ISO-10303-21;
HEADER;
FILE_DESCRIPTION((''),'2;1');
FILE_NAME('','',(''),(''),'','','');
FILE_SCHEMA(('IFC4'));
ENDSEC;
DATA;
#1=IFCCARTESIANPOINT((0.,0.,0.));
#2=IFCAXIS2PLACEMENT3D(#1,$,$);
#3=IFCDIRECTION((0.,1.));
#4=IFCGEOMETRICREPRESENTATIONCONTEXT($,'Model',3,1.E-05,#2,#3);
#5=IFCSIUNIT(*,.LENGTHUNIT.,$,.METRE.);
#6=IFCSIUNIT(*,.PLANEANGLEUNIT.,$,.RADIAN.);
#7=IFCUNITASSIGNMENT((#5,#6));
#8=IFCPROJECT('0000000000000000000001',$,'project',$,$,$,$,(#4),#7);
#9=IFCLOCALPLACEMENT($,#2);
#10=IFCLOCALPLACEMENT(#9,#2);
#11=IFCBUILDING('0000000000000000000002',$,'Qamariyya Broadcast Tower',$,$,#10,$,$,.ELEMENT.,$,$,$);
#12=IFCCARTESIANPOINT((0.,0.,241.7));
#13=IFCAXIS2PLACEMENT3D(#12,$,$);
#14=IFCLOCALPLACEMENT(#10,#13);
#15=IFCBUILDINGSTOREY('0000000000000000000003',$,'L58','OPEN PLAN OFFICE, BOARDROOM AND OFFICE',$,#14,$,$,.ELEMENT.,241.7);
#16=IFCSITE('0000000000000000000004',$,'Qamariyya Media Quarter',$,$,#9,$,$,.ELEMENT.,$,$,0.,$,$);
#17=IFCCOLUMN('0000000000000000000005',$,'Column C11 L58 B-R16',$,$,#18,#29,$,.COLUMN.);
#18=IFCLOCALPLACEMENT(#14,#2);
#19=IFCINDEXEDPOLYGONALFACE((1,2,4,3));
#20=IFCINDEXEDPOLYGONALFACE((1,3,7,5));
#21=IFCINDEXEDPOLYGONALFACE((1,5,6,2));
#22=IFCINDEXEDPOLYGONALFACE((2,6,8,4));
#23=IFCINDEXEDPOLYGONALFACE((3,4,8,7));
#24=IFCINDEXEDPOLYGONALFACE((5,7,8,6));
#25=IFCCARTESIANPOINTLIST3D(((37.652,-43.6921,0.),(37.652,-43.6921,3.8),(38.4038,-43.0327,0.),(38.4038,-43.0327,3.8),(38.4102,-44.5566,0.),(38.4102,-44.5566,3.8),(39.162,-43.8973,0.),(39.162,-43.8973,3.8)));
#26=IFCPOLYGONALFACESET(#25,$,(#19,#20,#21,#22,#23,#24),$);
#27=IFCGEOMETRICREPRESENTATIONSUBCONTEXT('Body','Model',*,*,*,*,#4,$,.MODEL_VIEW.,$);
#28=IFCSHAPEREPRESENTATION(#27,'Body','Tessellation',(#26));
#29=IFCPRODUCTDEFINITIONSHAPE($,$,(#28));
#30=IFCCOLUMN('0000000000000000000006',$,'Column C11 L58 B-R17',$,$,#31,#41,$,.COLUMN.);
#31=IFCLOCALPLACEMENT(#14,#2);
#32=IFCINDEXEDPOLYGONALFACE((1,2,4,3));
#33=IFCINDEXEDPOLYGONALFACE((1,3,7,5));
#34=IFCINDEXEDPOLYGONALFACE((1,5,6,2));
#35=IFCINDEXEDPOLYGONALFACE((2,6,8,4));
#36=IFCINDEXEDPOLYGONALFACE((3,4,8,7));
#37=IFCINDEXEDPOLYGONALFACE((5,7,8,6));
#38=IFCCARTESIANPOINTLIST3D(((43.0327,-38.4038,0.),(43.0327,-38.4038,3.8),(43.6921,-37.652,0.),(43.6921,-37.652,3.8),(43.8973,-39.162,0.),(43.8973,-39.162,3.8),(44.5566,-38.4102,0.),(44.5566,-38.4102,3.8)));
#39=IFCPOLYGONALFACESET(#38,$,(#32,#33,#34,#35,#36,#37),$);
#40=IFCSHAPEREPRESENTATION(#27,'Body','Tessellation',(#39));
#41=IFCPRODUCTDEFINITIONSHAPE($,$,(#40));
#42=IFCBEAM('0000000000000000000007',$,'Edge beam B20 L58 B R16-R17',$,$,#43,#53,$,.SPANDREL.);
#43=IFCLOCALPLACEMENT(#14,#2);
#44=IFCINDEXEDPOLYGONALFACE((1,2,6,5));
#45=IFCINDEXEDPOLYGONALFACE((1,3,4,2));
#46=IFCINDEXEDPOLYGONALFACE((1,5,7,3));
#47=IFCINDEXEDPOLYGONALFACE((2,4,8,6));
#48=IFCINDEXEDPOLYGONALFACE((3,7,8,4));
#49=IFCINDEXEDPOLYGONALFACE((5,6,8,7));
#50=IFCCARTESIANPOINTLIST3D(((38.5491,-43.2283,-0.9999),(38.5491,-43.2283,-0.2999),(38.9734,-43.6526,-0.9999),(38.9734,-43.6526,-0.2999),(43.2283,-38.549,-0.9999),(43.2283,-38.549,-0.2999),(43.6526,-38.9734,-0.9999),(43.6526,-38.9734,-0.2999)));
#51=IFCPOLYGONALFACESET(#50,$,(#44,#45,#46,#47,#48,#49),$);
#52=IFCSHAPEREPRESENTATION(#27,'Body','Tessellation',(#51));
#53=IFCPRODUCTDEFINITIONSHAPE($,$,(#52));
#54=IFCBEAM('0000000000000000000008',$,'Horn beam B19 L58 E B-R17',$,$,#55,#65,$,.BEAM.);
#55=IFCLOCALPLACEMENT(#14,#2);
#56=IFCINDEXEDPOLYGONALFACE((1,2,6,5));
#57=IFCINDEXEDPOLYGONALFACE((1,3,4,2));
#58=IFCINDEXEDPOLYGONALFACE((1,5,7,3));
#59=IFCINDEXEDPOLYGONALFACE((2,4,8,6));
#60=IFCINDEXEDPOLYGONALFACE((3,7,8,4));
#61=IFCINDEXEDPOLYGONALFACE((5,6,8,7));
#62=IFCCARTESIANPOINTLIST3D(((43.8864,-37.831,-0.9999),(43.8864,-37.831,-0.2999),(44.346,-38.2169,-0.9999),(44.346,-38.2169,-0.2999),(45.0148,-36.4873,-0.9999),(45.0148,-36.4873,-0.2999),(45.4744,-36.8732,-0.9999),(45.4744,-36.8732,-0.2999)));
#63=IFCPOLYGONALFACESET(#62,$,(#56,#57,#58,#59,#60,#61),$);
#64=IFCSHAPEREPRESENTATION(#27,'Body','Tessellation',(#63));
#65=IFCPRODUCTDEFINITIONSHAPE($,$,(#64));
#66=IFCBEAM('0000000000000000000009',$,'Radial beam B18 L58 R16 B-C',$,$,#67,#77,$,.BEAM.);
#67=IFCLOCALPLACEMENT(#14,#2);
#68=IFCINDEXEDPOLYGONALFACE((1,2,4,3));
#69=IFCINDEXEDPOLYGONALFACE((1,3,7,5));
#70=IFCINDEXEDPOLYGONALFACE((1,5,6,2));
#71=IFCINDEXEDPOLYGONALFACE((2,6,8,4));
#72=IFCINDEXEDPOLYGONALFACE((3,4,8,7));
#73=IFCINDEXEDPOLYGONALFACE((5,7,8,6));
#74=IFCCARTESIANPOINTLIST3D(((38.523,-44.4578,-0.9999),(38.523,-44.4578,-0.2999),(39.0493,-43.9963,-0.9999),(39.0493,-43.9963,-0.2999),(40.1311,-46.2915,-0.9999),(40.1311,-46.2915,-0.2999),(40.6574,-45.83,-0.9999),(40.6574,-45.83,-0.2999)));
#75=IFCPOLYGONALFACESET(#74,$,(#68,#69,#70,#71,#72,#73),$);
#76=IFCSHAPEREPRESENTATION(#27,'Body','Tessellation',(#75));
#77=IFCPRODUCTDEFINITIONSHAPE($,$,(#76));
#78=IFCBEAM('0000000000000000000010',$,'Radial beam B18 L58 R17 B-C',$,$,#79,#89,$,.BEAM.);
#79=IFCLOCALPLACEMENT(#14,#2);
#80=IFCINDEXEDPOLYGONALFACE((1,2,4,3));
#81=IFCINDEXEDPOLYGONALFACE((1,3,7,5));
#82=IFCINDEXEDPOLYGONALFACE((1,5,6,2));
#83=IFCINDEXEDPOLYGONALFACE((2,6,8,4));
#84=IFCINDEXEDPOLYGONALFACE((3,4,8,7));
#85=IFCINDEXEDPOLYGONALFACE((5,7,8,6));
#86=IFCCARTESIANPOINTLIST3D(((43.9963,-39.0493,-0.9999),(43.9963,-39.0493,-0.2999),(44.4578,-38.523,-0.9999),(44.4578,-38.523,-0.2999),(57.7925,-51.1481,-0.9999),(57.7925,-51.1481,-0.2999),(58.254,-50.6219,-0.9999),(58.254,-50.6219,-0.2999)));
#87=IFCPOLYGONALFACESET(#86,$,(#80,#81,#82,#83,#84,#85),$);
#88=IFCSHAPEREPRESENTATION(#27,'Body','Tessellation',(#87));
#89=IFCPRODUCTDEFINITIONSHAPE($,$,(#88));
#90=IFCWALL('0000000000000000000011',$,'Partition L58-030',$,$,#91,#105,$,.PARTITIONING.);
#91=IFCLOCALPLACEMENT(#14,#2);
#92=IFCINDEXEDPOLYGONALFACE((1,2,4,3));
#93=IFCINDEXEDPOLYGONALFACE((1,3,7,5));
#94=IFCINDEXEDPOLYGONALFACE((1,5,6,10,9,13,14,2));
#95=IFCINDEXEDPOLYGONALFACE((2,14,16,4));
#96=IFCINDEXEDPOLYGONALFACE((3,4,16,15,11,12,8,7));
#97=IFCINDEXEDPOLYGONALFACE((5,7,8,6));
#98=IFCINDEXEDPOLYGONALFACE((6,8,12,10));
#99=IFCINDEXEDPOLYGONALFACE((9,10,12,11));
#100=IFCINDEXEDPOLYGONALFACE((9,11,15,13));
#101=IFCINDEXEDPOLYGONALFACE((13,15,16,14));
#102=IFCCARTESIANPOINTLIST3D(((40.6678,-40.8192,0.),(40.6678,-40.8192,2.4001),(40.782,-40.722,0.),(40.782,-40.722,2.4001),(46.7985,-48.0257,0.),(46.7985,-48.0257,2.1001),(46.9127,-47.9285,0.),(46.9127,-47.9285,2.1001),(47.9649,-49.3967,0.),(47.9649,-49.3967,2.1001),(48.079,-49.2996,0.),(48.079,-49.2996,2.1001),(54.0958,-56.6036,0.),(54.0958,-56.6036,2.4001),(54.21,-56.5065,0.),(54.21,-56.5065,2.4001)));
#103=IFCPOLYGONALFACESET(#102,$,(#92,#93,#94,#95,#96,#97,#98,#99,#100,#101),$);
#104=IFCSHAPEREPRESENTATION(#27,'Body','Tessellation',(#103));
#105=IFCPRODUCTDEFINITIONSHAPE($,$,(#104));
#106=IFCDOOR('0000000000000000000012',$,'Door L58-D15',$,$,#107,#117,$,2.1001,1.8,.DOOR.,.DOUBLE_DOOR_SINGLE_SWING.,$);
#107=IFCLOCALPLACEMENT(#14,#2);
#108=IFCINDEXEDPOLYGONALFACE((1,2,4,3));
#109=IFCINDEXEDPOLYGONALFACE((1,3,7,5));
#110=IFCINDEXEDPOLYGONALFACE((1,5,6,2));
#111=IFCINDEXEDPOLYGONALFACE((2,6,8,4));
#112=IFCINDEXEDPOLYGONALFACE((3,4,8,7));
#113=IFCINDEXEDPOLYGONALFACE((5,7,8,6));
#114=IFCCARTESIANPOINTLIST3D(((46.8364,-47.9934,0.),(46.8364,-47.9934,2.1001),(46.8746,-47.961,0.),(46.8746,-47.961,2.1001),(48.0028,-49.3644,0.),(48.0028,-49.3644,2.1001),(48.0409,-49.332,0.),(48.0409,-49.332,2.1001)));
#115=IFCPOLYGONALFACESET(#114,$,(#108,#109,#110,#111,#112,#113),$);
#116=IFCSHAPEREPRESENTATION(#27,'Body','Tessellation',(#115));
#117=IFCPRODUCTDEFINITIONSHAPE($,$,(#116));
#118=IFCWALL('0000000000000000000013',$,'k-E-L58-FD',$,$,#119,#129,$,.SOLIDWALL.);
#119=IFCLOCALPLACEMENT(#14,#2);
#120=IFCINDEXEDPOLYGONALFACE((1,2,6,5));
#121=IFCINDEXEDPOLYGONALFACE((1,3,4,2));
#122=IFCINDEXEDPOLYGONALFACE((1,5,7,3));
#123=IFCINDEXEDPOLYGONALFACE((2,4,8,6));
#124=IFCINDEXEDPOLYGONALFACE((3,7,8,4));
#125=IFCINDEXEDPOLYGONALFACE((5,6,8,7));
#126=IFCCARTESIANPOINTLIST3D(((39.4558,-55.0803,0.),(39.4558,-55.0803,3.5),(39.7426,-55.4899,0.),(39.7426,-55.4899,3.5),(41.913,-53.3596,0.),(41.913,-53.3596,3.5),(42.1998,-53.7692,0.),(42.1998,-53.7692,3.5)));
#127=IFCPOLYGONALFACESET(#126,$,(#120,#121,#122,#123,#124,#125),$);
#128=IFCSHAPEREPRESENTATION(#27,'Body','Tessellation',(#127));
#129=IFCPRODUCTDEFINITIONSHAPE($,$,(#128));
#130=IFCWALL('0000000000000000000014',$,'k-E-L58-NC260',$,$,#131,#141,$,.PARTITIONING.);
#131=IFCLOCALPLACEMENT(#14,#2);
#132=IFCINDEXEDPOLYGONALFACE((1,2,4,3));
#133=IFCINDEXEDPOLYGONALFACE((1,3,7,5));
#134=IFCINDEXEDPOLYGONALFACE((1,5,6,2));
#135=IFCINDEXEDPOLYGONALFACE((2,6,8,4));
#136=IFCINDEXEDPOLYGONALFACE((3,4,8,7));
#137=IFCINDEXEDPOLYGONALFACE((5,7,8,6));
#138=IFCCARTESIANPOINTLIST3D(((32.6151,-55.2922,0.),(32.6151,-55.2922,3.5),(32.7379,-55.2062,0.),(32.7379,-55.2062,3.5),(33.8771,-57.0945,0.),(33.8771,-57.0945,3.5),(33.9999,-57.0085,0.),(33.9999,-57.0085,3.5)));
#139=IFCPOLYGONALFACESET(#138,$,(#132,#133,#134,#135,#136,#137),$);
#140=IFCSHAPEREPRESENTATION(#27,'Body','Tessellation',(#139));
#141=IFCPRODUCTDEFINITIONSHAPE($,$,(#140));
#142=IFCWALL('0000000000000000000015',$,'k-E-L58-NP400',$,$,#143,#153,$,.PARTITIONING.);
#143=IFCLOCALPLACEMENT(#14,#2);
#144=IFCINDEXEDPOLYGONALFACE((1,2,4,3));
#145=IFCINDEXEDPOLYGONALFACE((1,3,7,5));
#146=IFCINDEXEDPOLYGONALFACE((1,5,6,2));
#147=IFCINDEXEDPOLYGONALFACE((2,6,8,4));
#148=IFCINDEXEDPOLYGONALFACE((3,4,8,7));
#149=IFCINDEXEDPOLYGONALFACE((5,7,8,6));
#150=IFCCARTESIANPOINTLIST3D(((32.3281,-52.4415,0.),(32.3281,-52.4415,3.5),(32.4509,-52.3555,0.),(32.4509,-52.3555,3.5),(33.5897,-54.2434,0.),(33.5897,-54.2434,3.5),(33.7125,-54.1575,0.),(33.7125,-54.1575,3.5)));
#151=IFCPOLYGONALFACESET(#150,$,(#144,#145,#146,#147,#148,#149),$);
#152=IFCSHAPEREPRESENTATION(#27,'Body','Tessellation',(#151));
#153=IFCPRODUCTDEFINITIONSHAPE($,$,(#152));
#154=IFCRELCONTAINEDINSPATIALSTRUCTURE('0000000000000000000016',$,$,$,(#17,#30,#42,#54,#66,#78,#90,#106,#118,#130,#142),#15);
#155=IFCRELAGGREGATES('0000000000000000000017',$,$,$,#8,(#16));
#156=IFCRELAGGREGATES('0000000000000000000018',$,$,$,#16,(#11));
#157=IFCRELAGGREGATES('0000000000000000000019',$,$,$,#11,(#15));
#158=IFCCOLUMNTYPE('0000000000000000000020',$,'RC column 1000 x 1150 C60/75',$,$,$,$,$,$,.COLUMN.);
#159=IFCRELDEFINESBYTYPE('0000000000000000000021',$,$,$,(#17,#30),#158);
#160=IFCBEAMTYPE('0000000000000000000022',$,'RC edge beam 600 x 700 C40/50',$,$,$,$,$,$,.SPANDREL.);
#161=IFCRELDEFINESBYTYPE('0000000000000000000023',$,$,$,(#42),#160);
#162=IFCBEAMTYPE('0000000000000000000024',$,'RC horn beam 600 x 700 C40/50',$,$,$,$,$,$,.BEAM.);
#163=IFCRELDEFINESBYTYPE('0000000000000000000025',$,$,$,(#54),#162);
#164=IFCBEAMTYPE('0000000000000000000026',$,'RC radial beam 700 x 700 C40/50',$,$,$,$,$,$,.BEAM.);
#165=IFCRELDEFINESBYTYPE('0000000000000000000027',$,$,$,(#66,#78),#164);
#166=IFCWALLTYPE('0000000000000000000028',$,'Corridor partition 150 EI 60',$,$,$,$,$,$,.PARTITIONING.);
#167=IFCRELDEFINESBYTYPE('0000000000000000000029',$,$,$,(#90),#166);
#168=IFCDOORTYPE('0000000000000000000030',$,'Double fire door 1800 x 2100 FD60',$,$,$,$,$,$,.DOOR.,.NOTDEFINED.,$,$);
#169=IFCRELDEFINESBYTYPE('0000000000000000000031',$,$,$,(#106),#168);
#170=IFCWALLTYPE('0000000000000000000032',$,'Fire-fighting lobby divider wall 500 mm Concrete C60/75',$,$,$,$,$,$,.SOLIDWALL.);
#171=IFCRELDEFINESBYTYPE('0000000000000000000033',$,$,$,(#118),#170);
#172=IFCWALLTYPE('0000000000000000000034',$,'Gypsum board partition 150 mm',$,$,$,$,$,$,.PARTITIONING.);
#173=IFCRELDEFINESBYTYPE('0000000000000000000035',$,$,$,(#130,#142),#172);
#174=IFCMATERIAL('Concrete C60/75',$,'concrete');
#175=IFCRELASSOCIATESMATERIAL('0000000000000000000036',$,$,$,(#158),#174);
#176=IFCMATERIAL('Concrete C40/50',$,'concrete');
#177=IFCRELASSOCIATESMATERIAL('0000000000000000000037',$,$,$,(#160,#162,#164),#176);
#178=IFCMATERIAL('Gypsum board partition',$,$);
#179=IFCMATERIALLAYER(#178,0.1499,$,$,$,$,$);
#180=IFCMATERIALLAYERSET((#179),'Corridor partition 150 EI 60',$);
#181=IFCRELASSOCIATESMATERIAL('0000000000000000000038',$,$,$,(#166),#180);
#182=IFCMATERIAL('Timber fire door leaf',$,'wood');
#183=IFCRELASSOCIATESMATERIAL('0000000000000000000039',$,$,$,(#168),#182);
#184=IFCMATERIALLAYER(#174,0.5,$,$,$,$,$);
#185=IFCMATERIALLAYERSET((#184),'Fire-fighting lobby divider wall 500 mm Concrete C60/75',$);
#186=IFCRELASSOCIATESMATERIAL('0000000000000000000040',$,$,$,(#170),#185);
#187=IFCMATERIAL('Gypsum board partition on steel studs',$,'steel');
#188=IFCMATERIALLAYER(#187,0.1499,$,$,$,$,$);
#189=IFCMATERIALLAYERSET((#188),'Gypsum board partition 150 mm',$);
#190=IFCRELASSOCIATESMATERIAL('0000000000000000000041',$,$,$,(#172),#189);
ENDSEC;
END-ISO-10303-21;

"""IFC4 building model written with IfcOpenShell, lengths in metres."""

from ifc_helpers import new_model, si_unit, direction, frame, frame_2d, origin, origin_2d, place, context, subcontext, project, spatial, rectangle, extrude, material, layer, layer_set, material_profile, profile_set, type_object, element, fill, save


model = new_model("IFC4")

# Units and contexts
model_context = context("Model", 3, precision=1e-05, world=origin(), true_north=direction((0.0, 1.0)))
body_context = subcontext(model_context, "Body", "Model", "MODEL_VIEW")
ifc_project = project(units=[si_unit("LENGTHUNIT", "METRE"), si_unit("PLANEANGLEUNIT", "RADIAN")], contexts=[model_context])

# Site, building, storey
site_placement = place(None, origin())
site = spatial("IfcSite", under=ifc_project, at=site_placement, Name="Qamariyya Media Quarter", CompositionType="ELEMENT", RefElevation=0.0)
building_placement = place(site_placement, origin())
building = spatial("IfcBuilding", under=site, at=building_placement, Name="Qamariyya Broadcast Tower", CompositionType="ELEMENT")
storey_placement = place(building_placement, frame((0.0, 0.0, 241.7)))
storey = spatial("IfcBuildingStorey", under=building, at=storey_placement, Name="L58", Description="OPEN PLAN OFFICE, BOARDROOM AND OFFICE", CompositionType="ELEMENT", Elevation=241.7)

# Columns
ifc_material_1 = material(Name="Concrete C60/75", Category="concrete")
ifc_material_profile_1 = material_profile(ifc_material_1, rectangle(XDim=1.0, YDim=1.1499, at=origin_2d()))
ifc_profile_set_1 = profile_set([ifc_material_profile_1], Name="Concrete C60/75")
column_type = type_object("IfcColumnType", Name="RC column 1000 x 1150 C60/75", PredefinedType="COLUMN", material=ifc_profile_set_1)
for number, where, z_axis, x_axis, name in (
    (1, (38.407, -43.7947, 0.0), (0.0, 0.0, 1.0), (0.75184, 0.659346, 0.0), "Column C11 L58 B-R16"),
    (2, (43.7947, -38.407, 0.0), (0.0, 0.0, 1.0), (0.659346, 0.75184, 0.0), "Column C11 L58 B-R17"),
):
    element("IfcColumn", number, at=place(storey_placement, frame(where, z_axis=z_axis, x_axis=x_axis)), inside=storey, type_object=column_type, Name=name, PredefinedType="COLUMN", context=body_context, shape_type="SweptSolid", body=[
        extrude(rectangle(XDim=1.0, YDim=1.1499, at=origin_2d()), origin(), (0.0, 0.0, 1.0), 3.8),
    ])

# Beams
ifc_material_2 = material(Name="Concrete C40/50", Category="concrete")
ifc_material_profile_2 = material_profile(ifc_material_2, rectangle(XDim=0.6001, YDim=0.7, at=origin_2d()))
ifc_profile_set_2 = profile_set([ifc_material_profile_2], Name="Concrete C40/50")
beam_type_1 = type_object("IfcBeamType", Name="RC edge beam 600 x 700 C40/50", PredefinedType="SPANDREL", material=ifc_profile_set_2)
beam_1_placement = place(storey_placement, frame((38.7612, -43.4404, -0.6499), z_axis=(0.707107, 0.707107, 0.0), x_axis=(-0.707107, 0.707107, 0.0)))
element("IfcBeam", 3, at=beam_1_placement, inside=storey, type_object=beam_type_1, Name="Edge beam B20 L58 B R16-R17", PredefinedType="SPANDREL", context=body_context, shape_type="SweptSolid", body=[
    extrude(rectangle(XDim=0.6001, YDim=0.7, at=origin_2d()), origin(), (0.0, 0.0, 1.0), 6.6174),
])
ifc_material_profile_3 = material_profile(ifc_material_2, rectangle(XDim=0.6001, YDim=0.7, at=origin_2d()))
ifc_profile_set_3 = profile_set([ifc_material_profile_3], Name="Concrete C40/50")
beam_type_2 = type_object("IfcBeamType", Name="RC horn beam 600 x 700 C40/50", PredefinedType="BEAM", material=ifc_profile_set_3)
beam_2_placement = place(storey_placement, frame((44.1162, -38.0239, -0.6499), z_axis=(0.643081, 0.765798, 0.0), x_axis=(-0.765798, 0.643081, 0.0)))
element("IfcBeam", 4, at=beam_2_placement, inside=storey, type_object=beam_type_2, Name="Horn beam B19 L58 E B-R17", PredefinedType="BEAM", context=body_context, shape_type="SweptSolid", body=[
    extrude(rectangle(XDim=0.6001, YDim=0.7, at=origin_2d()), origin(), (0.0, 0.0, 1.0), 1.7546),
])
ifc_material_profile_4 = material_profile(ifc_material_2, rectangle(XDim=0.7, YDim=0.7, at=origin_2d()))
ifc_profile_set_4 = profile_set([ifc_material_profile_4], Name="Concrete C40/50")
beam_type_3 = type_object("IfcBeamType", Name="RC radial beam 700 x 700 C40/50", PredefinedType="BEAM", material=ifc_profile_set_4)
beam_3_placement = place(storey_placement, frame((38.7861, -44.2271, -0.6499), z_axis=(0.659348, -0.751838, 0.0), x_axis=(0.751838, 0.659348, 0.0)))
element("IfcBeam", 5, at=beam_3_placement, inside=storey, type_object=beam_type_3, Name="Radial beam B18 L58 R16 B-C", PredefinedType="BEAM", context=body_context, shape_type="SweptSolid", body=[
    extrude(rectangle(XDim=0.7, YDim=0.7, at=origin_2d()), origin(), (0.0, 0.0, 1.0), 2.439),
])
beam_4_placement = place(storey_placement, frame((44.2271, -38.7861, -0.6499), z_axis=(0.75184, -0.659345, 0.0), x_axis=(0.659345, 0.75184, 0.0)))
element("IfcBeam", 6, at=beam_4_placement, inside=storey, type_object=beam_type_3, Name="Radial beam B18 L58 R17 B-C", PredefinedType="BEAM", context=body_context, shape_type="SweptSolid", body=[
    extrude(rectangle(XDim=0.7, YDim=0.7, at=origin_2d()), origin(), (0.0, 0.0, 1.0), 18.3499),
])

# Wall, opening, door
ifc_material_3 = material(Name="Gypsum board partition")
ifc_layer_1 = layer(ifc_material_3, 0.1499)
ifc_layer_set_1 = layer_set([ifc_layer_1], Name="Corridor partition 150 EI 60")
wall_type_1 = type_object("IfcWallType", Name="Corridor partition 150 EI 60", PredefinedType="PARTITIONING", material=ifc_layer_set_1)
wall_1_placement = place(storey_placement, frame((40.7249, -40.7705, 0.0), z_axis=(0.0, 0.0, 1.0), x_axis=(0.647963, -0.761672, 0.0)))
wall_1 = element("IfcWall", 7, at=wall_1_placement, inside=storey, type_object=wall_type_1, Name="Partition L58-030", PredefinedType="PARTITIONING", context=body_context, shape_type="SweptSolid", body=[
    extrude(rectangle(XDim=20.7234, YDim=0.1499, at=frame_2d((10.3618, 0.0))), origin(), (0.0, 0.0, 1.0), 2.4001),
])
opening_1_placement = place(wall_1_placement, frame((9.4617, 0.0, 0.0)))
opening_1 = element("IfcOpeningElement", 8, at=opening_1_placement, cuts=wall_1, PredefinedType="OPENING", context=body_context, shape_type="SweptSolid", body=[
    extrude(rectangle(XDim=1.8, YDim=2.1001, at=frame_2d((0.8999, 1.05))), frame((0.0, 0.085, 0.0), z_axis=(0.0, -1.0, 0.0), x_axis=(1.0, 0.0, 0.0)), (0.0, 0.0, 1.0), 0.1699),
])
ifc_material_4 = material(Name="Timber fire door leaf", Category="wood")
door_type_1 = type_object("IfcDoorType", Name="Double fire door 1800 x 2100 FD60", OperationType="NOTDEFINED", PredefinedType="DOOR", material=ifc_material_4)
door_1_placement = place(opening_1_placement, origin())
door_1 = element("IfcDoor", 9, at=door_1_placement, inside=storey, type_object=door_type_1, Name="Door L58-D15", OperationType="DOUBLE_DOOR_SINGLE_SWING", OverallHeight=2.1001, OverallWidth=1.8, PredefinedType="DOOR", context=body_context, shape_type="SweptSolid", body=[
    extrude(rectangle(XDim=1.8, YDim=2.1001, at=frame_2d((0.8999, 1.05))), frame((0.0, 0.0249, 0.0), z_axis=(0.0, -1.0, 0.0), x_axis=(1.0, 0.0, 0.0)), (0.0, 0.0, 1.0), 0.05),
])
fill(opening_1, door_1)

# Walls
ifc_layer_2 = layer(ifc_material_1, 0.5)
ifc_layer_set_2 = layer_set([ifc_layer_2], Name="Fire-fighting lobby divider wall 500 mm Concrete C60/75")
wall_type_2 = type_object("IfcWallType", Name="Fire-fighting lobby divider wall 500 mm Concrete C60/75", PredefinedType="SOLIDWALL", material=ifc_layer_set_2)
wall_2_placement = place(storey_placement, frame((39.5991, -55.2852, 0.0), z_axis=(0.0, 0.0, 1.0), x_axis=(0.819136, 0.573599, 0.0)))
element("IfcWall", 10, at=wall_2_placement, inside=storey, type_object=wall_type_2, Name="k-E-L58-FD", PredefinedType="SOLIDWALL", context=body_context, shape_type="SweptSolid", body=[
    extrude(rectangle(XDim=2.9998, YDim=0.5, at=frame_2d((1.5, 0.0))), origin(), (0.0, 0.0, 1.0), 3.5),
])
ifc_material_5 = material(Name="Gypsum board partition on steel studs", Category="steel")
ifc_layer_3 = layer(ifc_material_5, 0.1499)
ifc_layer_set_3 = layer_set([ifc_layer_3], Name="Gypsum board partition 150 mm")
wall_type_3 = type_object("IfcWallType", Name="Gypsum board partition 150 mm", PredefinedType="PARTITIONING", material=ifc_layer_set_3)
wall_3_placement = place(storey_placement, frame((33.9385, -57.0515, 0.0), z_axis=(0.0, 0.0, 1.0), x_axis=(-0.573581, 0.819149, 0.0)))
element("IfcWall", 11, at=wall_3_placement, inside=storey, type_object=wall_type_3, Name="k-E-L58-NC260", PredefinedType="PARTITIONING", context=body_context, shape_type="SweptSolid", body=[
    extrude(rectangle(XDim=2.2002, YDim=0.1499, at=frame_2d((1.1001, 0.0))), origin(), (0.0, 0.0, 1.0), 3.5),
])
wall_4_placement = place(storey_placement, frame((33.6511, -54.2004, 0.0), z_axis=(0.0, 0.0, 1.0), x_axis=(-0.573559, 0.819164, 0.0)))
element("IfcWall", 12, at=wall_4_placement, inside=storey, type_object=wall_type_3, Name="k-E-L58-NP400", PredefinedType="PARTITIONING", context=body_context, shape_type="SweptSolid", body=[
    extrude(rectangle(XDim=2.1997, YDim=0.1499, at=frame_2d((1.0999, 0.0))), origin(), (0.0, 0.0, 1.0), 3.5),
])

save(model, "model.ifc")
